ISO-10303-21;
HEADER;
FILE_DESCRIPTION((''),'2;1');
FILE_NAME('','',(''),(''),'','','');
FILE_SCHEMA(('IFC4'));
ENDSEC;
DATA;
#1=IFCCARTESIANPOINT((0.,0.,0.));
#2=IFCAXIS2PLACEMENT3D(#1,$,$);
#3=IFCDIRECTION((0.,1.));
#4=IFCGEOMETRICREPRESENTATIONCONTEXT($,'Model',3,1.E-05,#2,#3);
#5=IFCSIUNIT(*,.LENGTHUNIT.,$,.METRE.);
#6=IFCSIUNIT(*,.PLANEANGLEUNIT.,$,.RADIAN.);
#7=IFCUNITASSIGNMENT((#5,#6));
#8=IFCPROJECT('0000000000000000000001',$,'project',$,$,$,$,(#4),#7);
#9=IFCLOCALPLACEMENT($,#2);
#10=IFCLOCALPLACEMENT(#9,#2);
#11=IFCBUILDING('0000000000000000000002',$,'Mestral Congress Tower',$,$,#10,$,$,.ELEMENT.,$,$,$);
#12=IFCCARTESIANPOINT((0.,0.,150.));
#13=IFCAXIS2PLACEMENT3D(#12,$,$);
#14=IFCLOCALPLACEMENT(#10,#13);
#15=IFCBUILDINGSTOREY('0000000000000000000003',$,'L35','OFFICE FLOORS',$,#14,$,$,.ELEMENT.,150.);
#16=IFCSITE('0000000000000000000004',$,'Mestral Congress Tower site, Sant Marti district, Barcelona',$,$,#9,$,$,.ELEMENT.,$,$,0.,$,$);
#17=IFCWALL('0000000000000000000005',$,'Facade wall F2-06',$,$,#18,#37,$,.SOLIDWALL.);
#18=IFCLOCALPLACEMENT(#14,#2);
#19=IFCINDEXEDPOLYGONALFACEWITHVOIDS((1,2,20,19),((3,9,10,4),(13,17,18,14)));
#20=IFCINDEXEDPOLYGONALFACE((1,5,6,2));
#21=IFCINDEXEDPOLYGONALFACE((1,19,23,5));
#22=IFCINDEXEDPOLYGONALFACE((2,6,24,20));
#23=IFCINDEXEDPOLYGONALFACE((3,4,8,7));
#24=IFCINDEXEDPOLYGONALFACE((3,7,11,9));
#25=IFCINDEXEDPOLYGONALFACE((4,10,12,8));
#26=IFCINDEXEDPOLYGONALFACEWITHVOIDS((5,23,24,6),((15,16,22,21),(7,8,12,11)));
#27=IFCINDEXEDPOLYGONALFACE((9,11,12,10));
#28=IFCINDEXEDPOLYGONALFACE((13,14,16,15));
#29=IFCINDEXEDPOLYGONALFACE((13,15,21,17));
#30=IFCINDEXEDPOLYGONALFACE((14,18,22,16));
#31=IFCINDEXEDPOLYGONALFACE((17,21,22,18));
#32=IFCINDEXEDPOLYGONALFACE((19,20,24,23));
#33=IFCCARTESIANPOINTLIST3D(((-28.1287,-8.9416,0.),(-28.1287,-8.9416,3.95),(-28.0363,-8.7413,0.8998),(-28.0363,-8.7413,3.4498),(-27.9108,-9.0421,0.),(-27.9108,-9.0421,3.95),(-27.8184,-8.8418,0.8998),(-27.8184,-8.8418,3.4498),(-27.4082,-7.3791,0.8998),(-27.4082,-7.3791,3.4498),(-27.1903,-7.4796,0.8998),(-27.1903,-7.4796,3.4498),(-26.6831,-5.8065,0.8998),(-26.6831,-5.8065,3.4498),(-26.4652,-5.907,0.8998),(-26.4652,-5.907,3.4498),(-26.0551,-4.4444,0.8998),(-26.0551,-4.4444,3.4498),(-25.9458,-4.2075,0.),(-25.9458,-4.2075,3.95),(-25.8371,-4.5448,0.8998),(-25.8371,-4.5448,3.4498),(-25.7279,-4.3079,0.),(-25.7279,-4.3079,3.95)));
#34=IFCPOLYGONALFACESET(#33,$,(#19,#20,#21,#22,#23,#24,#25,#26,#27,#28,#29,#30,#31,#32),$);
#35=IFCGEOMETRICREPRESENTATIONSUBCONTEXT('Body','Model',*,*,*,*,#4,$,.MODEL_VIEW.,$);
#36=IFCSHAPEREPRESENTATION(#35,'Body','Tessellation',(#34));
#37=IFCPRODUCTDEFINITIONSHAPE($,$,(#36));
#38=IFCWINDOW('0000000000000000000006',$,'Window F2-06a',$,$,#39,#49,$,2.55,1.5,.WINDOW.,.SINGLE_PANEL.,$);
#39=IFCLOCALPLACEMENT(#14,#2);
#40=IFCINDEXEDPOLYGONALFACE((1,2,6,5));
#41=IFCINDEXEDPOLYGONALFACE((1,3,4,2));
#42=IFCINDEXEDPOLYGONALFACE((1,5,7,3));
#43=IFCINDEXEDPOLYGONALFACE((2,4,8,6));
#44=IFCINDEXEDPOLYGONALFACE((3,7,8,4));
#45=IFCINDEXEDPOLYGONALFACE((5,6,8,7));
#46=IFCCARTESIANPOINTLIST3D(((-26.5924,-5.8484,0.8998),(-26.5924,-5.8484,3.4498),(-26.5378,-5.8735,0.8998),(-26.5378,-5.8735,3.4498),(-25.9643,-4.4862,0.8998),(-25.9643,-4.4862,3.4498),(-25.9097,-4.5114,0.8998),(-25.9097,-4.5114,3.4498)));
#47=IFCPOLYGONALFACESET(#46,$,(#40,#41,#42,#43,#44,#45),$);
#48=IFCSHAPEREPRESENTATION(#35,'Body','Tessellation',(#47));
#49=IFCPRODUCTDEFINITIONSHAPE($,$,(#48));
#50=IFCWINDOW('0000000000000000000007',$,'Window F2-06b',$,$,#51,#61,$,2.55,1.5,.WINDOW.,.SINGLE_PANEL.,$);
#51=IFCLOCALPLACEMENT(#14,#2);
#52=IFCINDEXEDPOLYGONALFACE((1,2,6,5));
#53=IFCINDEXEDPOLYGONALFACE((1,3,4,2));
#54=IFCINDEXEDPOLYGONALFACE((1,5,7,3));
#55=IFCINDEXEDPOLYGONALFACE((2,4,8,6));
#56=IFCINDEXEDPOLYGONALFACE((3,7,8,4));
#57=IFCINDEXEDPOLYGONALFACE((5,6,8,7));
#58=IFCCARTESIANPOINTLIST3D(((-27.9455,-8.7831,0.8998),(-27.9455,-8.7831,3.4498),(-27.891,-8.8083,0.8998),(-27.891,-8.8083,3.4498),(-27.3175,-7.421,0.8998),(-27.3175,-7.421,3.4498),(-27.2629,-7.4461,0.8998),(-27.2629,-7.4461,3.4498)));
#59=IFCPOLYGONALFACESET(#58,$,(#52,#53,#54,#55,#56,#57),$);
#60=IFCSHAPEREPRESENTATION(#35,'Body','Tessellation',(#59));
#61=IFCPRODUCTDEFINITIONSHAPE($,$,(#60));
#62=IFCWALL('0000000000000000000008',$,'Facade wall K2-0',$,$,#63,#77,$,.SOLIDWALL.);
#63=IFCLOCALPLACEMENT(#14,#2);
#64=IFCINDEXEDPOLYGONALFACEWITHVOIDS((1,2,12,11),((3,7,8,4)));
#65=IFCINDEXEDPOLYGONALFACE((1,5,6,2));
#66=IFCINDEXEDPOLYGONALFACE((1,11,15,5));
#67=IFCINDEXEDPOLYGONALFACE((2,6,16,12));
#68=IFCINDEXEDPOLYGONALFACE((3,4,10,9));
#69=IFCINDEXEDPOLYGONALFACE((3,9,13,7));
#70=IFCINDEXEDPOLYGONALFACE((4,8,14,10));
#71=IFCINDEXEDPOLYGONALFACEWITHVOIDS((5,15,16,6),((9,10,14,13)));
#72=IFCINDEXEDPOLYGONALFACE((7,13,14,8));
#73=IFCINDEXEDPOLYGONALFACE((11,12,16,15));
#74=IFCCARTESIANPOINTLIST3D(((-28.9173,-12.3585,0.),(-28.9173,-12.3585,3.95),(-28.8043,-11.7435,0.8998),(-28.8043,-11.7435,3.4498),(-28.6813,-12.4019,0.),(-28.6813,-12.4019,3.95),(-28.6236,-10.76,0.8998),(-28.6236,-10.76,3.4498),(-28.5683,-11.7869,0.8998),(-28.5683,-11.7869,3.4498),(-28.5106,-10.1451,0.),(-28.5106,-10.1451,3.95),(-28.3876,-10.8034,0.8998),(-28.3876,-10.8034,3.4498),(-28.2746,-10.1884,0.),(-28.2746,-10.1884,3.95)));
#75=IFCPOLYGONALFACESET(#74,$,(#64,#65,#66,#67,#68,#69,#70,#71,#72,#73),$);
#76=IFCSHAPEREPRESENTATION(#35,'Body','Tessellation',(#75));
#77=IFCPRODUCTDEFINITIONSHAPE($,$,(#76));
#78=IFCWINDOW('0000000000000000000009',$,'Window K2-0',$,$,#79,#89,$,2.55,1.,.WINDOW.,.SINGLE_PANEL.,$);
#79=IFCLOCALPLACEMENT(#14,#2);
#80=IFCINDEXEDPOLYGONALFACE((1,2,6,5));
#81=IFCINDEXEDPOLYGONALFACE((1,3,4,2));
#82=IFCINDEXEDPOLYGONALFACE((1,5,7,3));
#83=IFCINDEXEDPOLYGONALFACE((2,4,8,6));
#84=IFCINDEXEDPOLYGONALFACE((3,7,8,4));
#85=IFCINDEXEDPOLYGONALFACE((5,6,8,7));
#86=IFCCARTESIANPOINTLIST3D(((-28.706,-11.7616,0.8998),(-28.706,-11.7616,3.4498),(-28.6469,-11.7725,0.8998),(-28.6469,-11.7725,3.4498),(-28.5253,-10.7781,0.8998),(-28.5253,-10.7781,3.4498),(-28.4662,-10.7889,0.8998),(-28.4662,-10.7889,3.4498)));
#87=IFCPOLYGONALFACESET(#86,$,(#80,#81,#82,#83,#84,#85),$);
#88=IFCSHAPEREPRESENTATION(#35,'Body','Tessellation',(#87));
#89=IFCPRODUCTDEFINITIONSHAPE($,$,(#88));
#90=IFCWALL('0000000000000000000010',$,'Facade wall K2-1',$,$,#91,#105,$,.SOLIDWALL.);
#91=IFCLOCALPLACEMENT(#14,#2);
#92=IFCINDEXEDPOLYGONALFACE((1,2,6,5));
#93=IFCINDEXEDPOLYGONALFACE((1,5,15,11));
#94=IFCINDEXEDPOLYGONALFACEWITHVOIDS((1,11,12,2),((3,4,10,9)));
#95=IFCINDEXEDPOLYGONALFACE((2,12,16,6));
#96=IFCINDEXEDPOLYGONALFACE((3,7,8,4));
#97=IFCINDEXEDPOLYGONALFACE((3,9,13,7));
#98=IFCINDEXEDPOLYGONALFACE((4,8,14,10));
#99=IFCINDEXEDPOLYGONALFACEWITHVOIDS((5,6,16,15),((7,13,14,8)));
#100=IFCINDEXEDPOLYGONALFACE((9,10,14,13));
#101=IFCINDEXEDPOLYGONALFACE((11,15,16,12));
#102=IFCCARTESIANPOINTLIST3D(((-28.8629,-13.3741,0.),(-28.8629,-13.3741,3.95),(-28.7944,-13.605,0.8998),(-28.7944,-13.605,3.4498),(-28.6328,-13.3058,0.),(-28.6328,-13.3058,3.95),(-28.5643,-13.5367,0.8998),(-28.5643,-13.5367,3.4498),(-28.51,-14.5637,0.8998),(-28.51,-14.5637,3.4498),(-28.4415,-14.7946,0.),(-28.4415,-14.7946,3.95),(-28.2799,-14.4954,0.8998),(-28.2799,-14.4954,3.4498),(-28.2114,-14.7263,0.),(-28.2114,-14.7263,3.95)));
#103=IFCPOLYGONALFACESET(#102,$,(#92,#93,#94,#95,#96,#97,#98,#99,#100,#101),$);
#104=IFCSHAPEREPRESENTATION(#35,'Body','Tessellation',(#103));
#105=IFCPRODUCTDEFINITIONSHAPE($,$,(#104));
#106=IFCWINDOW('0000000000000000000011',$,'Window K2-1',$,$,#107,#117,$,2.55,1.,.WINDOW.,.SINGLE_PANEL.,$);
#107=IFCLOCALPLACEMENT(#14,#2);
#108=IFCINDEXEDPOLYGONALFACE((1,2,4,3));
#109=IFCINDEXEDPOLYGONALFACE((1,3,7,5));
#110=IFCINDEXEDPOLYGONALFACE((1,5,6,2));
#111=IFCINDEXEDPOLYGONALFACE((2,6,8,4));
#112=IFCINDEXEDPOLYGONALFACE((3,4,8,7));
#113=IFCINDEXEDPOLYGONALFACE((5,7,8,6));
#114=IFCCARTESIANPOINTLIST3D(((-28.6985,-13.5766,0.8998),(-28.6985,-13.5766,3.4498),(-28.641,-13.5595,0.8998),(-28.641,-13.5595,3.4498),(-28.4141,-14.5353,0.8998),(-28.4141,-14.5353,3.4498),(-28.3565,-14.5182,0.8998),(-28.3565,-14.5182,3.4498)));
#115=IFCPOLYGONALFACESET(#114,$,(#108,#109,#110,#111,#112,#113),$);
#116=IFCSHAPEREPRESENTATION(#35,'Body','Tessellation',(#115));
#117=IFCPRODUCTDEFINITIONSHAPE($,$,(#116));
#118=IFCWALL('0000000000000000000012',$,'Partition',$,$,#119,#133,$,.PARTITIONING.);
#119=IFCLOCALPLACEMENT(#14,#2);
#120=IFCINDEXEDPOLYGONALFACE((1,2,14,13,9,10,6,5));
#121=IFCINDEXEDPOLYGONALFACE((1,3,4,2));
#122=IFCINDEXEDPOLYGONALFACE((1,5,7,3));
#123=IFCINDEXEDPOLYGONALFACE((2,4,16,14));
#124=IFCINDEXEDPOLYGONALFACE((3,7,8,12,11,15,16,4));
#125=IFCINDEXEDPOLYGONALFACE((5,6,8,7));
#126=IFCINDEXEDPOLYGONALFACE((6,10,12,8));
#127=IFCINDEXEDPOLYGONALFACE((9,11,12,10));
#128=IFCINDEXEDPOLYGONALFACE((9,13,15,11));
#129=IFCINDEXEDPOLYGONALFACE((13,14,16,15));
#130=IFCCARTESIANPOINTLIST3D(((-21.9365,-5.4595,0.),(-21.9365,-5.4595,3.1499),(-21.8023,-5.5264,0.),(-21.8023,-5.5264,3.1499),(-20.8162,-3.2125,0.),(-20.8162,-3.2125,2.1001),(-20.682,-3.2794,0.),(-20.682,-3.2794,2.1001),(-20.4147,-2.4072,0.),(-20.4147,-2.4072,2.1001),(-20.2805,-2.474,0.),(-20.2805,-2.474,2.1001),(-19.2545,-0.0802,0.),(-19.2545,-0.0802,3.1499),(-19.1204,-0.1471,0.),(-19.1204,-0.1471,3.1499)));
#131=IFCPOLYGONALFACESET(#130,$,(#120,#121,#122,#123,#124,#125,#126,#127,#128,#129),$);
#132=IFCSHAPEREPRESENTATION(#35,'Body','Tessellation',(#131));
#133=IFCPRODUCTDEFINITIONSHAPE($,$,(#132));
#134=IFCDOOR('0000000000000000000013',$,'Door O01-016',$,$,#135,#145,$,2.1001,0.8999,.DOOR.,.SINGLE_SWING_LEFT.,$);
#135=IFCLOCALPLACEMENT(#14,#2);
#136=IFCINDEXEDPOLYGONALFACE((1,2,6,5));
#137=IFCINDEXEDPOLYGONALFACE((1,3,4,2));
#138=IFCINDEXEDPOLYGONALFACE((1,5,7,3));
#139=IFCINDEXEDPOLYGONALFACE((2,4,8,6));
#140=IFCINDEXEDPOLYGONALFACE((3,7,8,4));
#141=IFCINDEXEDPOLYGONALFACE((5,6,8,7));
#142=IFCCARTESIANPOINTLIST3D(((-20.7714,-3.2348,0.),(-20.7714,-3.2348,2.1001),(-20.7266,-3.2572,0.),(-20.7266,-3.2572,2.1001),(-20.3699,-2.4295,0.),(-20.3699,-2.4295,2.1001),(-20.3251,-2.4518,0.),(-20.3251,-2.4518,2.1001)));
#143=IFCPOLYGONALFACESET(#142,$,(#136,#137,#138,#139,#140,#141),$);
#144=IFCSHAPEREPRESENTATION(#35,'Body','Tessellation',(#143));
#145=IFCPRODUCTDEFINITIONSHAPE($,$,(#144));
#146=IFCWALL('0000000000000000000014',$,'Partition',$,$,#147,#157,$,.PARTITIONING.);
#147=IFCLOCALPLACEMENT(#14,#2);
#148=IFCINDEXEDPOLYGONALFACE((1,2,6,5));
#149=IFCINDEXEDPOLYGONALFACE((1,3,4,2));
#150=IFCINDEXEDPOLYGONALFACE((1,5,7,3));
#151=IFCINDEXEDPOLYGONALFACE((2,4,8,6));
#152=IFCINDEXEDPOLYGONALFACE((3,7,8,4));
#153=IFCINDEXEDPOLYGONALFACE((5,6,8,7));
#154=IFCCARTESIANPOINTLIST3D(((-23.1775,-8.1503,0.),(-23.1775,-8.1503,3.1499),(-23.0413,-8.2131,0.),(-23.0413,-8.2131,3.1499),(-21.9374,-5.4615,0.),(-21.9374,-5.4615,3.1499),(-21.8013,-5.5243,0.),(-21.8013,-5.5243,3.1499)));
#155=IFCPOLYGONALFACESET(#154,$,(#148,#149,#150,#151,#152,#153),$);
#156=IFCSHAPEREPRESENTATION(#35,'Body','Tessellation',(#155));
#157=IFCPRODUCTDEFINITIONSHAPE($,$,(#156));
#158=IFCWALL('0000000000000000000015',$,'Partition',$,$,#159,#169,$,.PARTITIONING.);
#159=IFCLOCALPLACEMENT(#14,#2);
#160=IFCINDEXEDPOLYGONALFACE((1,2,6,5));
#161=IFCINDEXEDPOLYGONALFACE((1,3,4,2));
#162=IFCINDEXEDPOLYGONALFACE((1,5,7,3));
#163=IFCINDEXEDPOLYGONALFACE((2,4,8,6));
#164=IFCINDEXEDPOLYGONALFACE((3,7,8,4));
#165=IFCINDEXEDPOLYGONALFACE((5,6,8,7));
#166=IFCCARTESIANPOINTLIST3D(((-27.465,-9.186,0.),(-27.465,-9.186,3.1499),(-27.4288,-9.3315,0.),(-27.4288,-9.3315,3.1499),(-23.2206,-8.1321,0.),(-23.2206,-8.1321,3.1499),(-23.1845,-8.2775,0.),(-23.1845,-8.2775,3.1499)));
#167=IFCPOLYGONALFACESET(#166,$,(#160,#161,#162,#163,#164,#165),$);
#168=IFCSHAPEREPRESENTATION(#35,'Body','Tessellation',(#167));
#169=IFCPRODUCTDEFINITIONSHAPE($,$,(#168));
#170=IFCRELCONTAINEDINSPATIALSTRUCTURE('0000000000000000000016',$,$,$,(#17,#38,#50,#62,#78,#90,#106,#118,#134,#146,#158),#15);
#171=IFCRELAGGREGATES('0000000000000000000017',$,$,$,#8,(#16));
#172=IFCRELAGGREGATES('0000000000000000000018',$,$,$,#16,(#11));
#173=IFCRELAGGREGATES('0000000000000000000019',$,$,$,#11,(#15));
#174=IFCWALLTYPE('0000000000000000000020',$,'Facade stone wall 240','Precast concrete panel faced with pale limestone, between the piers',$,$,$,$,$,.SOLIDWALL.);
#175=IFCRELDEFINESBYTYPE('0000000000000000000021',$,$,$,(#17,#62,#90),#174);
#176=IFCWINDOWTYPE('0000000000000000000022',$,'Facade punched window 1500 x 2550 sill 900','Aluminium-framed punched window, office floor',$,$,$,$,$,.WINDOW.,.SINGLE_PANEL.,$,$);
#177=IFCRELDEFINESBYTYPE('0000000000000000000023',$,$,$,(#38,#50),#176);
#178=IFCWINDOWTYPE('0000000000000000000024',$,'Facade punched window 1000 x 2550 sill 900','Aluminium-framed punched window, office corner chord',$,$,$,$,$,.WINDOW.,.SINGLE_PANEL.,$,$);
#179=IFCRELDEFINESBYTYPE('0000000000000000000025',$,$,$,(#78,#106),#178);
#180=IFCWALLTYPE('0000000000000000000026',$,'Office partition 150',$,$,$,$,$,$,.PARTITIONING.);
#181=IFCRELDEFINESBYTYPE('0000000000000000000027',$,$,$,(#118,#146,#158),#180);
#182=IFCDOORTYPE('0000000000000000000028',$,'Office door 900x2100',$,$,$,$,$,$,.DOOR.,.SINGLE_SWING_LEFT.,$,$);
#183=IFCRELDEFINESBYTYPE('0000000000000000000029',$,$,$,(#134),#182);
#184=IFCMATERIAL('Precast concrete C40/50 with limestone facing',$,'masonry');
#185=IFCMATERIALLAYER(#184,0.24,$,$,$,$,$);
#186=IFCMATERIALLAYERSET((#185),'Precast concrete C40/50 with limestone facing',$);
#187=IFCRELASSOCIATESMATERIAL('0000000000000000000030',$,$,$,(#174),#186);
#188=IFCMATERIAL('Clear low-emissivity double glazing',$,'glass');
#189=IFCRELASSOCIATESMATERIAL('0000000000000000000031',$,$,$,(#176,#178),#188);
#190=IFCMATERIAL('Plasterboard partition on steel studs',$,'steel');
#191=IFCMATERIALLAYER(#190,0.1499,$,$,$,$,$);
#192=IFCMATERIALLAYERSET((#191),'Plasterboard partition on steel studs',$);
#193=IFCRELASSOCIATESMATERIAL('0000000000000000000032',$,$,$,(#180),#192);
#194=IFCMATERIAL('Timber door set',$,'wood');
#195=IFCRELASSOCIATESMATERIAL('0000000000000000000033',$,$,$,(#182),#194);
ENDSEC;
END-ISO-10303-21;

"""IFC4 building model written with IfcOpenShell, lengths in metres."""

from ifc_helpers import new_model, si_unit, direction, frame, frame_2d, origin, place, context, subcontext, project, spatial, rectangle, extrude, material, layer, layer_set, type_object, element, fill, save


model = new_model("IFC4")

# Units and contexts
model_context = context("Model", 3, precision=1e-05, world=origin(), true_north=direction((0.0, 1.0)))
body_context = subcontext(model_context, "Body", "Model", "MODEL_VIEW")
ifc_project = project(units=[si_unit("LENGTHUNIT", "METRE"), si_unit("PLANEANGLEUNIT", "RADIAN")], contexts=[model_context])

# Site, building, storey
site_placement = place(None, origin())
site = spatial("IfcSite", under=ifc_project, at=site_placement, Name="Mestral Congress Tower site, Sant Marti district, Barcelona", CompositionType="ELEMENT", RefElevation=0.0)
building_placement = place(site_placement, origin())
building = spatial("IfcBuilding", under=site, at=building_placement, Name="Mestral Congress Tower", CompositionType="ELEMENT")
storey_placement = place(building_placement, frame((0.0, 0.0, 150.0)))
storey = spatial("IfcBuildingStorey", under=building, at=storey_placement, Name="L35", Description="OFFICE FLOORS", CompositionType="ELEMENT", Elevation=150.0)

# Wall, openings, windows
ifc_material_1 = material(Name="Precast concrete C40/50 with limestone facing", Category="masonry")
ifc_layer_1 = layer(ifc_material_1, 0.24)
ifc_layer_set_1 = layer_set([ifc_layer_1], Name="Precast concrete C40/50 with limestone facing")
wall_type_1 = type_object("IfcWallType", Name="Facade stone wall 240", Description="Precast concrete panel faced with pale limestone, between the piers", PredefinedType="SOLIDWALL", material=ifc_layer_set_1)
wall_1_placement = place(storey_placement, frame((-25.8369, -4.2578, 0.0), z_axis=(0.0, 0.0, 1.0), x_axis=(-0.418723, -0.908114, 0.0)))
wall_1 = element("IfcWall", 1, at=wall_1_placement, inside=storey, type_object=wall_type_1, Name="Facade wall F2-06", PredefinedType="SOLIDWALL", context=body_context, shape_type="SweptSolid", body=[
    extrude(rectangle(XDim=5.2131, YDim=0.24, at=frame_2d((2.6064, 0.0))), origin(), (0.0, 0.0, 1.0), 3.95),
])
opening_1_placement = place(wall_1_placement, frame((0.2607, 0.0, 0.8999)))
opening_1 = element("IfcOpeningElement", 2, at=opening_1_placement, cuts=wall_1, PredefinedType="OPENING", context=body_context, shape_type="SweptSolid", body=[
    extrude(rectangle(XDim=1.5, YDim=2.55, at=frame_2d((0.75, 1.2749))), frame((0.0, 0.1299, 0.0), z_axis=(0.0, -1.0, 0.0), x_axis=(1.0, 0.0, 0.0)), (0.0, 0.0, 1.0), 0.26),
])
opening_2_placement = place(wall_1_placement, frame((3.4924, 0.0, 0.8999)))
opening_2 = element("IfcOpeningElement", 3, at=opening_2_placement, cuts=wall_1, PredefinedType="OPENING", context=body_context, shape_type="SweptSolid", body=[
    extrude(rectangle(XDim=1.5, YDim=2.55, at=frame_2d((0.75, 1.2749))), frame((0.0, 0.1299, 0.0), z_axis=(0.0, -1.0, 0.0), x_axis=(1.0, 0.0, 0.0)), (0.0, 0.0, 1.0), 0.26),
])
ifc_material_2 = material(Name="Clear low-emissivity double glazing", Category="glass")
window_type_1 = type_object("IfcWindowType", Name="Facade punched window 1500 x 2550 sill 900", Description="Aluminium-framed punched window, office floor", PartitioningType="SINGLE_PANEL", PredefinedType="WINDOW", material=ifc_material_2)
window_1_placement = place(opening_1_placement, origin())
window_1 = element("IfcWindow", 4, at=window_1_placement, inside=storey, type_object=window_type_1, Name="Window F2-06a", OverallHeight=2.55, OverallWidth=1.5, PartitioningType="SINGLE_PANEL", PredefinedType="WINDOW", context=body_context, shape_type="SweptSolid", body=[
    extrude(rectangle(XDim=1.5, YDim=2.55, at=frame_2d((0.75, 1.2749))), frame((0.0, 0.04, 0.0), z_axis=(0.0, -1.0, 0.0), x_axis=(1.0, 0.0, 0.0)), (0.0, 0.0, 1.0), 0.0601),
])
fill(opening_1, window_1)
window_2_placement = place(opening_2_placement, origin())
window_2 = element("IfcWindow", 5, at=window_2_placement, inside=storey, type_object=window_type_1, Name="Window F2-06b", OverallHeight=2.55, OverallWidth=1.5, PartitioningType="SINGLE_PANEL", PredefinedType="WINDOW", context=body_context, shape_type="SweptSolid", body=[
    extrude(rectangle(XDim=1.5, YDim=2.55, at=frame_2d((0.75, 1.2749))), frame((0.0, 0.04, 0.0), z_axis=(0.0, -1.0, 0.0), x_axis=(1.0, 0.0, 0.0)), (0.0, 0.0, 1.0), 0.0601),
])
fill(opening_2, window_2)

# Walls, openings, windows
wall_2_placement = place(storey_placement, frame((-28.3926, -10.1667, 0.0), z_axis=(0.0, 0.0, 1.0), x_axis=(-0.180737, -0.983531, 0.0)))
wall_2 = element("IfcWall", 6, at=wall_2_placement, inside=storey, type_object=wall_type_1, Name="Facade wall K2-0", PredefinedType="SOLIDWALL", context=body_context, shape_type="SweptSolid", body=[
    extrude(rectangle(XDim=2.2505, YDim=0.24, at=frame_2d((1.1252, 0.0))), origin(), (0.0, 0.0, 1.0), 3.95),
])
opening_3_placement = place(wall_2_placement, frame((0.6252, 0.0, 0.8999)))
opening_3 = element("IfcOpeningElement", 7, at=opening_3_placement, cuts=wall_2, PredefinedType="OPENING", context=body_context, shape_type="SweptSolid", body=[
    extrude(rectangle(XDim=1.0, YDim=2.55, at=frame_2d((0.5, 1.2749))), frame((0.0, 0.1299, 0.0), z_axis=(0.0, -1.0, 0.0), x_axis=(1.0, 0.0, 0.0)), (0.0, 0.0, 1.0), 0.26),
])
window_type_2 = type_object("IfcWindowType", Name="Facade punched window 1000 x 2550 sill 900", Description="Aluminium-framed punched window, office corner chord", PartitioningType="SINGLE_PANEL", PredefinedType="WINDOW", material=ifc_material_2)
window_3_placement = place(opening_3_placement, origin())
window_3 = element("IfcWindow", 8, at=window_3_placement, inside=storey, type_object=window_type_2, Name="Window K2-0", OverallHeight=2.55, OverallWidth=1.0, PartitioningType="SINGLE_PANEL", PredefinedType="WINDOW", context=body_context, shape_type="SweptSolid", body=[
    extrude(rectangle(XDim=1.0, YDim=2.55, at=frame_2d((0.5, 1.2749))), frame((0.0, 0.04, 0.0), z_axis=(0.0, -1.0, 0.0), x_axis=(1.0, 0.0, 0.0)), (0.0, 0.0, 1.0), 0.0601),
])
fill(opening_3, window_3)
wall_3_placement = place(storey_placement, frame((-28.7478, -13.3401, 0.0), z_axis=(0.0, 0.0, 1.0), x_axis=(0.284414, -0.958702, 0.0)))
wall_3 = element("IfcWall", 9, at=wall_3_placement, inside=storey, type_object=wall_type_1, Name="Facade wall K2-1", PredefinedType="SOLIDWALL", context=body_context, shape_type="SweptSolid", body=[
    extrude(rectangle(XDim=1.4817, YDim=0.24, at=frame_2d((0.7407, 0.0))), origin(), (0.0, 0.0, 1.0), 3.95),
])
opening_4_placement = place(wall_3_placement, frame((0.2407, 0.0, 0.8999)))
opening_4 = element("IfcOpeningElement", 10, at=opening_4_placement, cuts=wall_3, PredefinedType="OPENING", context=body_context, shape_type="SweptSolid", body=[
    extrude(rectangle(XDim=1.0, YDim=2.55, at=frame_2d((0.5, 1.2749))), frame((0.0, 0.1299, 0.0), z_axis=(0.0, -1.0, 0.0), x_axis=(1.0, 0.0, 0.0)), (0.0, 0.0, 1.0), 0.26),
])
window_4_placement = place(opening_4_placement, origin())
window_4 = element("IfcWindow", 11, at=window_4_placement, inside=storey, type_object=window_type_2, Name="Window K2-1", OverallHeight=2.55, OverallWidth=1.0, PartitioningType="SINGLE_PANEL", PredefinedType="WINDOW", context=body_context, shape_type="SweptSolid", body=[
    extrude(rectangle(XDim=1.0, YDim=2.55, at=frame_2d((0.5, 1.2749))), frame((0.0, 0.04, 0.0), z_axis=(0.0, -1.0, 0.0), x_axis=(1.0, 0.0, 0.0)), (0.0, 0.0, 1.0), 0.0601),
])
fill(opening_4, window_4)

# Wall, opening, door
ifc_material_3 = material(Name="Plasterboard partition on steel studs", Category="steel")
ifc_layer_2 = layer(ifc_material_3, 0.1499)
ifc_layer_set_2 = layer_set([ifc_layer_2], Name="Plasterboard partition on steel studs")
wall_type_2 = type_object("IfcWallType", Name="Office partition 150", PredefinedType="PARTITIONING", material=ifc_layer_set_2)
wall_4_placement = place(storey_placement, frame((-21.8694, -5.4929, 0.0), z_axis=(0.0, 0.0, 1.0), x_axis=(0.44619, 0.894938, 0.0)))
wall_4 = element("IfcWall", 12, at=wall_4_placement, inside=storey, type_object=wall_type_2, Name="Partition", PredefinedType="PARTITIONING", context=body_context, shape_type="SweptSolid", body=[
    extrude(rectangle(XDim=6.0107, YDim=0.1499, at=frame_2d((3.0054, 0.0))), origin(), (0.0, 0.0, 1.0), 3.1499),
])
opening_5_placement = place(wall_4_placement, frame((2.5107, 0.0, 0.0)))
opening_5 = element("IfcOpeningElement", 13, at=opening_5_placement, cuts=wall_4, PredefinedType="OPENING", context=body_context, shape_type="SweptSolid", body=[
    extrude(rectangle(XDim=0.8999, YDim=2.1001, at=frame_2d((0.45, 1.05))), frame((0.0, 0.085, 0.0), z_axis=(0.0, -1.0, 0.0), x_axis=(1.0, 0.0, 0.0)), (0.0, 0.0, 1.0), 0.1699),
])
ifc_material_4 = material(Name="Timber door set", Category="wood")
door_type = type_object("IfcDoorType", Name="Office door 900x2100", OperationType="SINGLE_SWING_LEFT", PredefinedType="DOOR", material=ifc_material_4)
door_1_placement = place(opening_5_placement, origin())
door_1 = element("IfcDoor", 14, at=door_1_placement, inside=storey, type_object=door_type, Name="Door O01-016", OperationType="SINGLE_SWING_LEFT", OverallHeight=2.1001, OverallWidth=0.8999, PredefinedType="DOOR", context=body_context, shape_type="SweptSolid", body=[
    extrude(rectangle(XDim=0.8999, YDim=2.1001, at=frame_2d((0.45, 1.05))), frame((0.0, 0.0249, 0.0), z_axis=(0.0, -1.0, 0.0), x_axis=(1.0, 0.0, 0.0)), (0.0, 0.0, 1.0), 0.05),
])
fill(opening_5, door_1)

# Walls
wall_5_placement = place(storey_placement, frame((-21.8694, -5.4929, 0.0), z_axis=(0.0, 0.0, 1.0), x_axis=(-0.418791, -0.908082, 0.0)))
element("IfcWall", 15, at=wall_5_placement, inside=storey, type_object=wall_type_2, Name="Partition", PredefinedType="PARTITIONING", context=body_context, shape_type="SweptSolid", body=[
    extrude(rectangle(XDim=2.9609, YDim=0.1499, at=frame_2d((1.4805, 0.0))), origin(), (0.0, 0.0, 1.0), 3.1499),
])
wall_6_placement = place(storey_placement, frame((-23.2026, -8.2048, 0.0), z_axis=(0.0, 0.0, 1.0), x_axis=(-0.970525, -0.240998, 0.0)))
element("IfcWall", 16, at=wall_6_placement, inside=storey, type_object=wall_type_2, Name="Partition", PredefinedType="PARTITIONING", context=body_context, shape_type="SweptSolid", body=[
    extrude(rectangle(XDim=4.3733, YDim=0.1499, at=frame_2d((2.1865, 0.0))), origin(), (0.0, 0.0, 1.0), 3.1499),
])

save(model, "model.ifc")
